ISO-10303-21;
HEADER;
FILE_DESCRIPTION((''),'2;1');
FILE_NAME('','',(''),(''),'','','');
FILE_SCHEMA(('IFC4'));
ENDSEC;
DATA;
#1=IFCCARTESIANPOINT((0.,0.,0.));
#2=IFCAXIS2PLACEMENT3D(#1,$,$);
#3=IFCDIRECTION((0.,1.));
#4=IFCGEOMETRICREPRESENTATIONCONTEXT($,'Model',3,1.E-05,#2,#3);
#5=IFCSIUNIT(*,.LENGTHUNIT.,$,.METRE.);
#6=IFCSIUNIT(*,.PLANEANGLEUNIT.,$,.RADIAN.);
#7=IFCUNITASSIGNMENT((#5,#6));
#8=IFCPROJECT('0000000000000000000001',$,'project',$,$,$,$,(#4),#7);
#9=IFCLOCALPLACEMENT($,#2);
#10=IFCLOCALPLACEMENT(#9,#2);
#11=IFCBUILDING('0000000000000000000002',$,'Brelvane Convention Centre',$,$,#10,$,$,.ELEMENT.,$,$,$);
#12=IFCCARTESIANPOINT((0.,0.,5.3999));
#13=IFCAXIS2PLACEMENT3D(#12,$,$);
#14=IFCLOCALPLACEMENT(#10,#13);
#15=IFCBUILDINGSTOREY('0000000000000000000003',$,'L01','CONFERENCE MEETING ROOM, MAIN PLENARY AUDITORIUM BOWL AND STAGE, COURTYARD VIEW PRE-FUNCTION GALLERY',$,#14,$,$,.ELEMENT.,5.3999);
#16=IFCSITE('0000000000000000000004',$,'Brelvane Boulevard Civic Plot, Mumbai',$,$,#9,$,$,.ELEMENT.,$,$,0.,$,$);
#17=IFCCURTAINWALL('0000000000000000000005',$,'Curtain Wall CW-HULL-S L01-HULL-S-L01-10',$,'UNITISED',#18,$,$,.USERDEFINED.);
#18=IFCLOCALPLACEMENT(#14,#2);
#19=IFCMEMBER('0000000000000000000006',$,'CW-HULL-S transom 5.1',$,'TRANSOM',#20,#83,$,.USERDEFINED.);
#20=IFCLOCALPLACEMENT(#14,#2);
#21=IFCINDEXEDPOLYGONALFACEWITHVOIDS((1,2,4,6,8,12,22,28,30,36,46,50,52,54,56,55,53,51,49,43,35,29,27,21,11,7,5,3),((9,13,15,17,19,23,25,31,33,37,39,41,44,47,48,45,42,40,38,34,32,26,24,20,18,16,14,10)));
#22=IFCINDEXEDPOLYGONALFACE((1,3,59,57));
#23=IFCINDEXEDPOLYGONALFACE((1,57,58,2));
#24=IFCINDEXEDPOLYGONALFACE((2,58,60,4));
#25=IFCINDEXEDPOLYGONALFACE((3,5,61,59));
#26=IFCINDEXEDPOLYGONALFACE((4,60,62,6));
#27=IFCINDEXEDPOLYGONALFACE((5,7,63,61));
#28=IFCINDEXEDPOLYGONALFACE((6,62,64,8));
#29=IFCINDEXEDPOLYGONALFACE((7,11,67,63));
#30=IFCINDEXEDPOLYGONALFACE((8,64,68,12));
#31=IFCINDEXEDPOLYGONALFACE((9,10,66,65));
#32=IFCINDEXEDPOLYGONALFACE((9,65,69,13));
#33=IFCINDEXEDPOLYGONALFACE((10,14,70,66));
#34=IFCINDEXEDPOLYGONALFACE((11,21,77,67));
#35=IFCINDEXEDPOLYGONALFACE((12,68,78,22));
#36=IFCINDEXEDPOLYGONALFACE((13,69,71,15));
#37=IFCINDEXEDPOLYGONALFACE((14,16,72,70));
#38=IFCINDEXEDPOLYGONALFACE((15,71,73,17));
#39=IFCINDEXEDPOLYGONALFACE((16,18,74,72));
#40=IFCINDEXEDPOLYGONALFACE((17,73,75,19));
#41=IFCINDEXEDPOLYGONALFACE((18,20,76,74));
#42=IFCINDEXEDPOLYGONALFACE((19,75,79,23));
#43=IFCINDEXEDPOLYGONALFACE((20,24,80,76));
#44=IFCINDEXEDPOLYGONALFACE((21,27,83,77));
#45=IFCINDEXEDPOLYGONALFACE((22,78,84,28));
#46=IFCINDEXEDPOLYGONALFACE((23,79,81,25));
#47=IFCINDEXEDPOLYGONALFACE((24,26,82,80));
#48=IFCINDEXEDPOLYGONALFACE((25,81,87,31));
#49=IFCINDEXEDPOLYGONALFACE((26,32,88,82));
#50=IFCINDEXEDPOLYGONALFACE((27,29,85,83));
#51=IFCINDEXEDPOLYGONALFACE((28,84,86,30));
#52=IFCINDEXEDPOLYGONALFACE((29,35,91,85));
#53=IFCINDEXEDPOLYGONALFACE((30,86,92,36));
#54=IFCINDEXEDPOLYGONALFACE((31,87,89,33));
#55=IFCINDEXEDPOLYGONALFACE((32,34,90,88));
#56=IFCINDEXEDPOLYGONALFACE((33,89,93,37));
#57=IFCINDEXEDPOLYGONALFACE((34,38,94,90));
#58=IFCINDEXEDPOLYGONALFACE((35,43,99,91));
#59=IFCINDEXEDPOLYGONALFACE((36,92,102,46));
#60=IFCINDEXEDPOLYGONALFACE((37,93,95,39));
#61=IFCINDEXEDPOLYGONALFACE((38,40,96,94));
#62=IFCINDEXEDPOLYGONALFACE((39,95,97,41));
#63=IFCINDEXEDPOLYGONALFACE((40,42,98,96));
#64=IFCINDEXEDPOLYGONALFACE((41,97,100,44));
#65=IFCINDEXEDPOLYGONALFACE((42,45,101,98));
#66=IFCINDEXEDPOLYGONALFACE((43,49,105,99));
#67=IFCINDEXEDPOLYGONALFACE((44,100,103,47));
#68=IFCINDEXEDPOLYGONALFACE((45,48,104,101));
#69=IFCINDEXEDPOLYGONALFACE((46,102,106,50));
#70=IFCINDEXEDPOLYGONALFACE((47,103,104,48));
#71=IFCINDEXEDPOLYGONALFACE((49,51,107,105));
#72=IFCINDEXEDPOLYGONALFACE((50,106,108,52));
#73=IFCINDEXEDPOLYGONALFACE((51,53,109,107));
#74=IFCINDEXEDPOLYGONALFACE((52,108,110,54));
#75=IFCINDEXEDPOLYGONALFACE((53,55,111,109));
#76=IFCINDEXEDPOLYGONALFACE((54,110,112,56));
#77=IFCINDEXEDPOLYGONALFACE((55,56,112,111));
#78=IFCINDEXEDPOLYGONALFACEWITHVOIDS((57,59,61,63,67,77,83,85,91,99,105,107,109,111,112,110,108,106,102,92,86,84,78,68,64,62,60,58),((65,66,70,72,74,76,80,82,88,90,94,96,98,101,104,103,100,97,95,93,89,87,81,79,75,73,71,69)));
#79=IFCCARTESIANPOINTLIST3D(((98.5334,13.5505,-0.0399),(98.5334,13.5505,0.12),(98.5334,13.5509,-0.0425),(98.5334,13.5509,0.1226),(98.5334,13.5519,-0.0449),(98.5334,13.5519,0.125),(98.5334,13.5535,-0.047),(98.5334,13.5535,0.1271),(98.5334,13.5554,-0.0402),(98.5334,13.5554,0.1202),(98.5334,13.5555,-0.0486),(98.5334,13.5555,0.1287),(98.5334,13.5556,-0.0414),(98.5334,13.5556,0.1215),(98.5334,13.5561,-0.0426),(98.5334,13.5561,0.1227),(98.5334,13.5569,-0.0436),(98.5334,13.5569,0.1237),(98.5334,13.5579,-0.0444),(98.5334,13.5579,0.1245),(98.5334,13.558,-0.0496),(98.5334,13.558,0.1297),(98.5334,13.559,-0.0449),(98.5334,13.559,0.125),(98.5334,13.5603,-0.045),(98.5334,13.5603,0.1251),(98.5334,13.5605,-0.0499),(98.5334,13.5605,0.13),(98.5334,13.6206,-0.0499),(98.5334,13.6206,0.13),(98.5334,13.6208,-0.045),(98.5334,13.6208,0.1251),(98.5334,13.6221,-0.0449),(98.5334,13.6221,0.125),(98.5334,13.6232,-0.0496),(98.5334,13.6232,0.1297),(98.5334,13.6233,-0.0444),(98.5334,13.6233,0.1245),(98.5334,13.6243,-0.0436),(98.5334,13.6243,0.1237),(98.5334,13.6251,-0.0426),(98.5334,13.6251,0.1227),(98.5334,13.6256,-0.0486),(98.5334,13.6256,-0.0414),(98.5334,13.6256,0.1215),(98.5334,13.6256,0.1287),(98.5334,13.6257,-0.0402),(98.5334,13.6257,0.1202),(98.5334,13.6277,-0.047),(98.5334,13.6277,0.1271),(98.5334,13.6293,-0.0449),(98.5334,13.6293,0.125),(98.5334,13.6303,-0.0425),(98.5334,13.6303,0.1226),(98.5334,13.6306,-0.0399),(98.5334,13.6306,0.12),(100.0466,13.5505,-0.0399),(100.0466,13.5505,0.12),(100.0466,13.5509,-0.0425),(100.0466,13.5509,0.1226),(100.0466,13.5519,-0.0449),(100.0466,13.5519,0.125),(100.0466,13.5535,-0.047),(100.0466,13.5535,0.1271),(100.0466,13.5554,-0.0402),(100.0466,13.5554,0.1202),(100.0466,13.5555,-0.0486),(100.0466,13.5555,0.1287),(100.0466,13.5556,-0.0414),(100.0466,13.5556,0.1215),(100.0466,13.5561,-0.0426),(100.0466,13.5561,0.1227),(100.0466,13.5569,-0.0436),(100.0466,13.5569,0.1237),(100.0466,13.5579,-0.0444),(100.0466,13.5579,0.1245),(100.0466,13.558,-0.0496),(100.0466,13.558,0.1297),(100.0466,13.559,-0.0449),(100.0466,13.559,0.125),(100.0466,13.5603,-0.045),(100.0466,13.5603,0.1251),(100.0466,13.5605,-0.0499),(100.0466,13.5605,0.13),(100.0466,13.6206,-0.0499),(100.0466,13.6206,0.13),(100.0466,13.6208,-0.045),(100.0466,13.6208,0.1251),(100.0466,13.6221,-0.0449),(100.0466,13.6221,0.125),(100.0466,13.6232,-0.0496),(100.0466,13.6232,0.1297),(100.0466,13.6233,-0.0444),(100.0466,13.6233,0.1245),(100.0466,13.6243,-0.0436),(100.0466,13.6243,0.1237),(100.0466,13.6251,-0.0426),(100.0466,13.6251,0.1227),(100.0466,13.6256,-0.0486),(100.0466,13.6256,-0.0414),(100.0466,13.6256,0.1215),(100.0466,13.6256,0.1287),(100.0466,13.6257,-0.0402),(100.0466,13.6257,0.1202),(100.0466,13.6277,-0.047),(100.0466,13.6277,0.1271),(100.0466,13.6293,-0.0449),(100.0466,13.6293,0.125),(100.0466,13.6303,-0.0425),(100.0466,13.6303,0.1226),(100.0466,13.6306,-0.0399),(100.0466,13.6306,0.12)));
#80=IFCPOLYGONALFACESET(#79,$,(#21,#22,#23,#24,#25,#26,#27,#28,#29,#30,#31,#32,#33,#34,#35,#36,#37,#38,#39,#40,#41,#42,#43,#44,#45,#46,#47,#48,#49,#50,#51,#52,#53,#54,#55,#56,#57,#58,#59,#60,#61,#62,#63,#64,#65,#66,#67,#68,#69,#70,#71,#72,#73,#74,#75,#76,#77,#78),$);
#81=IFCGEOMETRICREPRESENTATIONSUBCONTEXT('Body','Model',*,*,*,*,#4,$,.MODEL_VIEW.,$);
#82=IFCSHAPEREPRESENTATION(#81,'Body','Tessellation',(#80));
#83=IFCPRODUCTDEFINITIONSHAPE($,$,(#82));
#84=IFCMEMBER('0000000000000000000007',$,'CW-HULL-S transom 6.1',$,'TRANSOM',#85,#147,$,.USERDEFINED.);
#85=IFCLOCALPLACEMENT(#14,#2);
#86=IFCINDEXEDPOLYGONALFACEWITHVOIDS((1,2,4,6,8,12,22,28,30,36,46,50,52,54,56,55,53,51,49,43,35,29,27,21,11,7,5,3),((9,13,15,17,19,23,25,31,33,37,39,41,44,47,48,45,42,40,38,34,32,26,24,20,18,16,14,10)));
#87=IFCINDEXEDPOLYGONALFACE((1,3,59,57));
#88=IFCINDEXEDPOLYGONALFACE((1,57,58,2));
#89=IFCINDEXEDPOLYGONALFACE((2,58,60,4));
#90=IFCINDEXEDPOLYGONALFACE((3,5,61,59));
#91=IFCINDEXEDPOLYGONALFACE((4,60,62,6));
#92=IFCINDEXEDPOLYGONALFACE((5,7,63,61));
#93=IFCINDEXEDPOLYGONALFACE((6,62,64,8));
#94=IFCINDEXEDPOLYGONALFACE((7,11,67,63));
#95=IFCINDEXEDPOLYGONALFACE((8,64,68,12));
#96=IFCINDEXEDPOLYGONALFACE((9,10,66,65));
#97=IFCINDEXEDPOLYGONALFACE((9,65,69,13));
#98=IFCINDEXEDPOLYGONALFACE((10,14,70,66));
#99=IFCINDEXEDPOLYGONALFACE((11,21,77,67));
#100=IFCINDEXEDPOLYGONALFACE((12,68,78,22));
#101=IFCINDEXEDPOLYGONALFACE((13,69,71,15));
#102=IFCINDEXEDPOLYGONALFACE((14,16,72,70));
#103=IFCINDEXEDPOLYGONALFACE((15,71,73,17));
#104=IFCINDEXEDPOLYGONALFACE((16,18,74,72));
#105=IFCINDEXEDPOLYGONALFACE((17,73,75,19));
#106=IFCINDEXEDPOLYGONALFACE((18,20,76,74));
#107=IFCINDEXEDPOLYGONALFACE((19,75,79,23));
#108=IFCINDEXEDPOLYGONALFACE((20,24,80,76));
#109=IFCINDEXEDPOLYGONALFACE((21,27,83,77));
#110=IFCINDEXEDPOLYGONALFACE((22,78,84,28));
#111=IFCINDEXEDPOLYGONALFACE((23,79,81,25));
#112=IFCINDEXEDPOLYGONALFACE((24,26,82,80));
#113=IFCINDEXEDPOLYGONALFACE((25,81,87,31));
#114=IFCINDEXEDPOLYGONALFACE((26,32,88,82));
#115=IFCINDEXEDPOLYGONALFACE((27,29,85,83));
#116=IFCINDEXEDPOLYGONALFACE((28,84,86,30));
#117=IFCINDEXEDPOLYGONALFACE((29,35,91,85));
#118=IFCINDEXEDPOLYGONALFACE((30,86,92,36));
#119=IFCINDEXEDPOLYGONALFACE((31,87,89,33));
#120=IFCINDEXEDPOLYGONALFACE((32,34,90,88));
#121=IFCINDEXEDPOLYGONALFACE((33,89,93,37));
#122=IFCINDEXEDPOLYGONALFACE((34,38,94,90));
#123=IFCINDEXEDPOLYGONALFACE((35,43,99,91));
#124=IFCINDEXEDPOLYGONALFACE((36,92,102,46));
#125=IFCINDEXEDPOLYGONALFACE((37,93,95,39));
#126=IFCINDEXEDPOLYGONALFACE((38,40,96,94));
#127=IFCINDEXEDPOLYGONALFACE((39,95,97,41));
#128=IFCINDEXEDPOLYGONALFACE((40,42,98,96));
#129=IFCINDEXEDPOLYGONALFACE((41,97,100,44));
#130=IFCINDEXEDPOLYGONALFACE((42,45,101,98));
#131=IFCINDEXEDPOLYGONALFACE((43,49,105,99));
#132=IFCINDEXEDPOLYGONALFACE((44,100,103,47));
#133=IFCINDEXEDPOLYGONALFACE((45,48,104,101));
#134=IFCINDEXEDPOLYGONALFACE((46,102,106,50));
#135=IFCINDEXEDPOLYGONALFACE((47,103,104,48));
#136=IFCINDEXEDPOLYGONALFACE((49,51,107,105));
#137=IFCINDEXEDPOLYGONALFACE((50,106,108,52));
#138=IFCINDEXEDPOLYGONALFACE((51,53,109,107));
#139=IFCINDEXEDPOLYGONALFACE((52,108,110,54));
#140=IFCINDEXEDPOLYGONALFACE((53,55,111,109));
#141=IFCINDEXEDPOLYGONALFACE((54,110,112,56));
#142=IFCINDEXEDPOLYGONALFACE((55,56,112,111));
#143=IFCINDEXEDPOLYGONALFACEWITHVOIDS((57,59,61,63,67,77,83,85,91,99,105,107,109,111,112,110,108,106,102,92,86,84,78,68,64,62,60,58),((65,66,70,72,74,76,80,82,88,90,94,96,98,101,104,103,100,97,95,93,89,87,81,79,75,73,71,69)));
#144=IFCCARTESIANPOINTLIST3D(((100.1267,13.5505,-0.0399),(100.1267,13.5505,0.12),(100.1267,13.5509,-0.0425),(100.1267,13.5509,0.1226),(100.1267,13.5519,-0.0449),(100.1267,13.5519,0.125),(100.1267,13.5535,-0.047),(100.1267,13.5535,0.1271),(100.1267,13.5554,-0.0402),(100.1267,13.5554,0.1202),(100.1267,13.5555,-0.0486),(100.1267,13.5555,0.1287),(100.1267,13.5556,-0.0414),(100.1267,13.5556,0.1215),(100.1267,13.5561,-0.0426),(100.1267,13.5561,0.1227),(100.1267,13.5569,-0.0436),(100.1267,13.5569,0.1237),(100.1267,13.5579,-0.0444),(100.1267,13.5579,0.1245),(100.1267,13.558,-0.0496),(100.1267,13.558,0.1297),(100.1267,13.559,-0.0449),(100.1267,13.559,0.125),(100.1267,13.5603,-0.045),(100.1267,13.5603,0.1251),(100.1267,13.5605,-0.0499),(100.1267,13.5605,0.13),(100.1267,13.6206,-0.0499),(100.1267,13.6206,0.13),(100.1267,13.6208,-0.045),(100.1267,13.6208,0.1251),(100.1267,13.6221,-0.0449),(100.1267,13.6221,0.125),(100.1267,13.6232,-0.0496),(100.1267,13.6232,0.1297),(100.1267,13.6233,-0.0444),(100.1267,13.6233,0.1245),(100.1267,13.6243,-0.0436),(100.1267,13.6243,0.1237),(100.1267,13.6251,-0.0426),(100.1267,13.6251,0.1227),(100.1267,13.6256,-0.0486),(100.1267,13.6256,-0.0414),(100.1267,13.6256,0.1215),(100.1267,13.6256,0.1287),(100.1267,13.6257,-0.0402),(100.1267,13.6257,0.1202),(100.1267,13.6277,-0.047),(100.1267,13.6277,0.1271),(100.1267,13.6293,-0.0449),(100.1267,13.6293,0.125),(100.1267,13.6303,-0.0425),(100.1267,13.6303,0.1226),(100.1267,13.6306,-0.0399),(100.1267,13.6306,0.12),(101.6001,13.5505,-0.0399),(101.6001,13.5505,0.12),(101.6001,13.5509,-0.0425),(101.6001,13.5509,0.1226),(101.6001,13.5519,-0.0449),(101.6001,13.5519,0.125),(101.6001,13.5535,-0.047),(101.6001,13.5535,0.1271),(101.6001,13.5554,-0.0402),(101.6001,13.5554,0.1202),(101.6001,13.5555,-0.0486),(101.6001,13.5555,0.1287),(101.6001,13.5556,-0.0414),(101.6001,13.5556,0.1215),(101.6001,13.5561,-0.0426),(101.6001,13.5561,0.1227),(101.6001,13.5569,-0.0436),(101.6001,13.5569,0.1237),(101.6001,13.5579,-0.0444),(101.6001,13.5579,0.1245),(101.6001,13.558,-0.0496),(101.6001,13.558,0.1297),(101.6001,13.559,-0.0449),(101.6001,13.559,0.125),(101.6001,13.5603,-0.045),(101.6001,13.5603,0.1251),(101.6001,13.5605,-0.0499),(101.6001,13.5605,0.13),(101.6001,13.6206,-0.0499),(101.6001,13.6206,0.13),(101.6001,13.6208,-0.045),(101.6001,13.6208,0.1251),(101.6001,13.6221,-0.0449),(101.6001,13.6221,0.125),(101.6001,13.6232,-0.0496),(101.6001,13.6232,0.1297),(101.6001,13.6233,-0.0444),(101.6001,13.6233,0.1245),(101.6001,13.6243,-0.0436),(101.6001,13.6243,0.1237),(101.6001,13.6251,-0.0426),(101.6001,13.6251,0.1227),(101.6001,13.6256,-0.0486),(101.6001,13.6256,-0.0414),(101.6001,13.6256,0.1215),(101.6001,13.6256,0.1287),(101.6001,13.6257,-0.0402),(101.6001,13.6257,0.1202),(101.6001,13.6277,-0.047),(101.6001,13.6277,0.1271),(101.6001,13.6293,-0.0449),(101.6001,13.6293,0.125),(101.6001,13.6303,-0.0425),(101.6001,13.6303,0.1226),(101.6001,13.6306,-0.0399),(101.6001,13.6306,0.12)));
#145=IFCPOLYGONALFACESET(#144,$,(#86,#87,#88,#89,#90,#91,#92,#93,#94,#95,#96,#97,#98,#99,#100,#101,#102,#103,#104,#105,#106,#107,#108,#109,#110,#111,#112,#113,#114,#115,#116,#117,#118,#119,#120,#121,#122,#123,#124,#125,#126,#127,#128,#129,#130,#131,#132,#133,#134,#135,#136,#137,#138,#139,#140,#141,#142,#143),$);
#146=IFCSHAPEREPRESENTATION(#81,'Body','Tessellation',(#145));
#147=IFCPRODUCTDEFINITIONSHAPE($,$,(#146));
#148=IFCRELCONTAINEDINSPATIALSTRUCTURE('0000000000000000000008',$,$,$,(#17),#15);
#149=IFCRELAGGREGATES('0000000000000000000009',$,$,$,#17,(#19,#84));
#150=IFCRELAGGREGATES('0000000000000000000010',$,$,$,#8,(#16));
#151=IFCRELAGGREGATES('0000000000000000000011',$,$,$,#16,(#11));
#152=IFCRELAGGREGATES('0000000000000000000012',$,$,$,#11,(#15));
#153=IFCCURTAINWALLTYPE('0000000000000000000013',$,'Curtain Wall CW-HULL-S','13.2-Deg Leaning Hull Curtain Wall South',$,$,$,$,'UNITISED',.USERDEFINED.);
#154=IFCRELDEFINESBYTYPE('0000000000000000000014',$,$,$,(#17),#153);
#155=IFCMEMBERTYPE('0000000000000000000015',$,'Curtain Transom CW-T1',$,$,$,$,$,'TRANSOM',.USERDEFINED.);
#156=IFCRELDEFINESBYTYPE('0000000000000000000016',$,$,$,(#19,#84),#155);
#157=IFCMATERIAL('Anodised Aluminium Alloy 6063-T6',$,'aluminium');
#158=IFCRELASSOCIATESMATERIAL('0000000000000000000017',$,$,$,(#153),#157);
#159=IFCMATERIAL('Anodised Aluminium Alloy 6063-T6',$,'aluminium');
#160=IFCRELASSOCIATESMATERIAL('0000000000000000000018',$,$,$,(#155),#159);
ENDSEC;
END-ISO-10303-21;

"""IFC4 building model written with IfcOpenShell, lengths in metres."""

from ifc_helpers import new_model, si_unit, direction, frame, origin, origin_2d, place, context, subcontext, project, spatial, hollow_rectangle, extrude, material, material_profile, profile_set, type_object, element, aggregate, save


model = new_model("IFC4")

# Units and contexts
model_context = context("Model", 3, precision=1e-05, world=origin(), true_north=direction((0.0, 1.0)))
body_context = subcontext(model_context, "Body", "Model", "MODEL_VIEW")
ifc_project = project(units=[si_unit("LENGTHUNIT", "METRE"), si_unit("PLANEANGLEUNIT", "RADIAN")], contexts=[model_context])

# Site, building, storey
site_placement = place(None, origin())
site = spatial("IfcSite", under=ifc_project, at=site_placement, Name="Brelvane Boulevard Civic Plot, Mumbai", CompositionType="ELEMENT", RefElevation=0.0)
building_placement = place(site_placement, origin())
building = spatial("IfcBuilding", under=site, at=building_placement, Name="Brelvane Convention Centre", CompositionType="ELEMENT")
storey_placement = place(building_placement, frame((0.0, 0.0, 5.3999)))
storey = spatial("IfcBuildingStorey", under=building, at=storey_placement, Name="L01", Description="CONFERENCE MEETING ROOM, MAIN PLENARY AUDITORIUM BOWL AND STAGE, COURTYARD VIEW PRE-FUNCTION GALLERY", CompositionType="ELEMENT", Elevation=5.3999)

# Curtain wall
ifc_material_1 = material(Name="Anodised Aluminium Alloy 6063-T6", Category="aluminium")
curtain_wall_type = type_object("IfcCurtainWallType", Name="Curtain Wall CW-HULL-S", Description="13.2-Deg Leaning Hull Curtain Wall South", ElementType="UNITISED", PredefinedType="USERDEFINED", material=ifc_material_1)
curtain_wall_1_placement = place(storey_placement, origin())
curtain_wall_1 = element("IfcCurtainWall", 1, at=curtain_wall_1_placement, inside=storey, type_object=curtain_wall_type, Name="Curtain Wall CW-HULL-S L01-HULL-S-L01-10", ObjectType="UNITISED", PredefinedType="USERDEFINED")

# Members
ifc_material_2 = material(Name="Anodised Aluminium Alloy 6063-T6", Category="aluminium")
ifc_material_profile_1 = material_profile(ifc_material_2, hollow_rectangle(XDim=0.0801, YDim=0.1799, WallThickness=0.0049, InnerFilletRadius=0.0049, OuterFilletRadius=0.01, at=origin_2d()), Name="ALU-T 180x80x5.0")
ifc_profile_set_1 = profile_set([ifc_material_profile_1], Name="Anodised Aluminium Alloy 6063-T6")
member_type_1 = type_object("IfcMemberType", Name="Curtain Transom CW-T1", ElementType="TRANSOM", PredefinedType="USERDEFINED", material=ifc_profile_set_1)
member_1_placement = place(storey_placement, frame((98.5334, 13.5906, 0.04), z_axis=(1.0, 0.0, 0.0), x_axis=(0.0, 1.0, 0.0)))
member_1 = element("IfcMember", 2, at=member_1_placement, type_object=member_type_1, Name="CW-HULL-S transom 5.1", ObjectType="TRANSOM", PredefinedType="USERDEFINED", context=body_context, shape_type="SweptSolid", body=[
    extrude(hollow_rectangle(XDim=0.0801, YDim=0.1799, WallThickness=0.0049, InnerFilletRadius=0.0049, OuterFilletRadius=0.01, at=origin_2d()), origin(), (0.0, 0.0, 1.0), 1.5132),
])
member_2_placement = place(storey_placement, frame((100.1267, 13.5906, 0.04), z_axis=(1.0, 0.0, 0.0), x_axis=(0.0, 1.0, 0.0)))
member_2 = element("IfcMember", 3, at=member_2_placement, type_object=member_type_1, Name="CW-HULL-S transom 6.1", ObjectType="TRANSOM", PredefinedType="USERDEFINED", context=body_context, shape_type="SweptSolid", body=[
    extrude(hollow_rectangle(XDim=0.0801, YDim=0.1799, WallThickness=0.0049, InnerFilletRadius=0.0049, OuterFilletRadius=0.01, at=origin_2d()), origin(), (0.0, 0.0, 1.0), 1.4734),
])

aggregate(curtain_wall_1, [member_1, member_2])

save(model, "model.ifc")
